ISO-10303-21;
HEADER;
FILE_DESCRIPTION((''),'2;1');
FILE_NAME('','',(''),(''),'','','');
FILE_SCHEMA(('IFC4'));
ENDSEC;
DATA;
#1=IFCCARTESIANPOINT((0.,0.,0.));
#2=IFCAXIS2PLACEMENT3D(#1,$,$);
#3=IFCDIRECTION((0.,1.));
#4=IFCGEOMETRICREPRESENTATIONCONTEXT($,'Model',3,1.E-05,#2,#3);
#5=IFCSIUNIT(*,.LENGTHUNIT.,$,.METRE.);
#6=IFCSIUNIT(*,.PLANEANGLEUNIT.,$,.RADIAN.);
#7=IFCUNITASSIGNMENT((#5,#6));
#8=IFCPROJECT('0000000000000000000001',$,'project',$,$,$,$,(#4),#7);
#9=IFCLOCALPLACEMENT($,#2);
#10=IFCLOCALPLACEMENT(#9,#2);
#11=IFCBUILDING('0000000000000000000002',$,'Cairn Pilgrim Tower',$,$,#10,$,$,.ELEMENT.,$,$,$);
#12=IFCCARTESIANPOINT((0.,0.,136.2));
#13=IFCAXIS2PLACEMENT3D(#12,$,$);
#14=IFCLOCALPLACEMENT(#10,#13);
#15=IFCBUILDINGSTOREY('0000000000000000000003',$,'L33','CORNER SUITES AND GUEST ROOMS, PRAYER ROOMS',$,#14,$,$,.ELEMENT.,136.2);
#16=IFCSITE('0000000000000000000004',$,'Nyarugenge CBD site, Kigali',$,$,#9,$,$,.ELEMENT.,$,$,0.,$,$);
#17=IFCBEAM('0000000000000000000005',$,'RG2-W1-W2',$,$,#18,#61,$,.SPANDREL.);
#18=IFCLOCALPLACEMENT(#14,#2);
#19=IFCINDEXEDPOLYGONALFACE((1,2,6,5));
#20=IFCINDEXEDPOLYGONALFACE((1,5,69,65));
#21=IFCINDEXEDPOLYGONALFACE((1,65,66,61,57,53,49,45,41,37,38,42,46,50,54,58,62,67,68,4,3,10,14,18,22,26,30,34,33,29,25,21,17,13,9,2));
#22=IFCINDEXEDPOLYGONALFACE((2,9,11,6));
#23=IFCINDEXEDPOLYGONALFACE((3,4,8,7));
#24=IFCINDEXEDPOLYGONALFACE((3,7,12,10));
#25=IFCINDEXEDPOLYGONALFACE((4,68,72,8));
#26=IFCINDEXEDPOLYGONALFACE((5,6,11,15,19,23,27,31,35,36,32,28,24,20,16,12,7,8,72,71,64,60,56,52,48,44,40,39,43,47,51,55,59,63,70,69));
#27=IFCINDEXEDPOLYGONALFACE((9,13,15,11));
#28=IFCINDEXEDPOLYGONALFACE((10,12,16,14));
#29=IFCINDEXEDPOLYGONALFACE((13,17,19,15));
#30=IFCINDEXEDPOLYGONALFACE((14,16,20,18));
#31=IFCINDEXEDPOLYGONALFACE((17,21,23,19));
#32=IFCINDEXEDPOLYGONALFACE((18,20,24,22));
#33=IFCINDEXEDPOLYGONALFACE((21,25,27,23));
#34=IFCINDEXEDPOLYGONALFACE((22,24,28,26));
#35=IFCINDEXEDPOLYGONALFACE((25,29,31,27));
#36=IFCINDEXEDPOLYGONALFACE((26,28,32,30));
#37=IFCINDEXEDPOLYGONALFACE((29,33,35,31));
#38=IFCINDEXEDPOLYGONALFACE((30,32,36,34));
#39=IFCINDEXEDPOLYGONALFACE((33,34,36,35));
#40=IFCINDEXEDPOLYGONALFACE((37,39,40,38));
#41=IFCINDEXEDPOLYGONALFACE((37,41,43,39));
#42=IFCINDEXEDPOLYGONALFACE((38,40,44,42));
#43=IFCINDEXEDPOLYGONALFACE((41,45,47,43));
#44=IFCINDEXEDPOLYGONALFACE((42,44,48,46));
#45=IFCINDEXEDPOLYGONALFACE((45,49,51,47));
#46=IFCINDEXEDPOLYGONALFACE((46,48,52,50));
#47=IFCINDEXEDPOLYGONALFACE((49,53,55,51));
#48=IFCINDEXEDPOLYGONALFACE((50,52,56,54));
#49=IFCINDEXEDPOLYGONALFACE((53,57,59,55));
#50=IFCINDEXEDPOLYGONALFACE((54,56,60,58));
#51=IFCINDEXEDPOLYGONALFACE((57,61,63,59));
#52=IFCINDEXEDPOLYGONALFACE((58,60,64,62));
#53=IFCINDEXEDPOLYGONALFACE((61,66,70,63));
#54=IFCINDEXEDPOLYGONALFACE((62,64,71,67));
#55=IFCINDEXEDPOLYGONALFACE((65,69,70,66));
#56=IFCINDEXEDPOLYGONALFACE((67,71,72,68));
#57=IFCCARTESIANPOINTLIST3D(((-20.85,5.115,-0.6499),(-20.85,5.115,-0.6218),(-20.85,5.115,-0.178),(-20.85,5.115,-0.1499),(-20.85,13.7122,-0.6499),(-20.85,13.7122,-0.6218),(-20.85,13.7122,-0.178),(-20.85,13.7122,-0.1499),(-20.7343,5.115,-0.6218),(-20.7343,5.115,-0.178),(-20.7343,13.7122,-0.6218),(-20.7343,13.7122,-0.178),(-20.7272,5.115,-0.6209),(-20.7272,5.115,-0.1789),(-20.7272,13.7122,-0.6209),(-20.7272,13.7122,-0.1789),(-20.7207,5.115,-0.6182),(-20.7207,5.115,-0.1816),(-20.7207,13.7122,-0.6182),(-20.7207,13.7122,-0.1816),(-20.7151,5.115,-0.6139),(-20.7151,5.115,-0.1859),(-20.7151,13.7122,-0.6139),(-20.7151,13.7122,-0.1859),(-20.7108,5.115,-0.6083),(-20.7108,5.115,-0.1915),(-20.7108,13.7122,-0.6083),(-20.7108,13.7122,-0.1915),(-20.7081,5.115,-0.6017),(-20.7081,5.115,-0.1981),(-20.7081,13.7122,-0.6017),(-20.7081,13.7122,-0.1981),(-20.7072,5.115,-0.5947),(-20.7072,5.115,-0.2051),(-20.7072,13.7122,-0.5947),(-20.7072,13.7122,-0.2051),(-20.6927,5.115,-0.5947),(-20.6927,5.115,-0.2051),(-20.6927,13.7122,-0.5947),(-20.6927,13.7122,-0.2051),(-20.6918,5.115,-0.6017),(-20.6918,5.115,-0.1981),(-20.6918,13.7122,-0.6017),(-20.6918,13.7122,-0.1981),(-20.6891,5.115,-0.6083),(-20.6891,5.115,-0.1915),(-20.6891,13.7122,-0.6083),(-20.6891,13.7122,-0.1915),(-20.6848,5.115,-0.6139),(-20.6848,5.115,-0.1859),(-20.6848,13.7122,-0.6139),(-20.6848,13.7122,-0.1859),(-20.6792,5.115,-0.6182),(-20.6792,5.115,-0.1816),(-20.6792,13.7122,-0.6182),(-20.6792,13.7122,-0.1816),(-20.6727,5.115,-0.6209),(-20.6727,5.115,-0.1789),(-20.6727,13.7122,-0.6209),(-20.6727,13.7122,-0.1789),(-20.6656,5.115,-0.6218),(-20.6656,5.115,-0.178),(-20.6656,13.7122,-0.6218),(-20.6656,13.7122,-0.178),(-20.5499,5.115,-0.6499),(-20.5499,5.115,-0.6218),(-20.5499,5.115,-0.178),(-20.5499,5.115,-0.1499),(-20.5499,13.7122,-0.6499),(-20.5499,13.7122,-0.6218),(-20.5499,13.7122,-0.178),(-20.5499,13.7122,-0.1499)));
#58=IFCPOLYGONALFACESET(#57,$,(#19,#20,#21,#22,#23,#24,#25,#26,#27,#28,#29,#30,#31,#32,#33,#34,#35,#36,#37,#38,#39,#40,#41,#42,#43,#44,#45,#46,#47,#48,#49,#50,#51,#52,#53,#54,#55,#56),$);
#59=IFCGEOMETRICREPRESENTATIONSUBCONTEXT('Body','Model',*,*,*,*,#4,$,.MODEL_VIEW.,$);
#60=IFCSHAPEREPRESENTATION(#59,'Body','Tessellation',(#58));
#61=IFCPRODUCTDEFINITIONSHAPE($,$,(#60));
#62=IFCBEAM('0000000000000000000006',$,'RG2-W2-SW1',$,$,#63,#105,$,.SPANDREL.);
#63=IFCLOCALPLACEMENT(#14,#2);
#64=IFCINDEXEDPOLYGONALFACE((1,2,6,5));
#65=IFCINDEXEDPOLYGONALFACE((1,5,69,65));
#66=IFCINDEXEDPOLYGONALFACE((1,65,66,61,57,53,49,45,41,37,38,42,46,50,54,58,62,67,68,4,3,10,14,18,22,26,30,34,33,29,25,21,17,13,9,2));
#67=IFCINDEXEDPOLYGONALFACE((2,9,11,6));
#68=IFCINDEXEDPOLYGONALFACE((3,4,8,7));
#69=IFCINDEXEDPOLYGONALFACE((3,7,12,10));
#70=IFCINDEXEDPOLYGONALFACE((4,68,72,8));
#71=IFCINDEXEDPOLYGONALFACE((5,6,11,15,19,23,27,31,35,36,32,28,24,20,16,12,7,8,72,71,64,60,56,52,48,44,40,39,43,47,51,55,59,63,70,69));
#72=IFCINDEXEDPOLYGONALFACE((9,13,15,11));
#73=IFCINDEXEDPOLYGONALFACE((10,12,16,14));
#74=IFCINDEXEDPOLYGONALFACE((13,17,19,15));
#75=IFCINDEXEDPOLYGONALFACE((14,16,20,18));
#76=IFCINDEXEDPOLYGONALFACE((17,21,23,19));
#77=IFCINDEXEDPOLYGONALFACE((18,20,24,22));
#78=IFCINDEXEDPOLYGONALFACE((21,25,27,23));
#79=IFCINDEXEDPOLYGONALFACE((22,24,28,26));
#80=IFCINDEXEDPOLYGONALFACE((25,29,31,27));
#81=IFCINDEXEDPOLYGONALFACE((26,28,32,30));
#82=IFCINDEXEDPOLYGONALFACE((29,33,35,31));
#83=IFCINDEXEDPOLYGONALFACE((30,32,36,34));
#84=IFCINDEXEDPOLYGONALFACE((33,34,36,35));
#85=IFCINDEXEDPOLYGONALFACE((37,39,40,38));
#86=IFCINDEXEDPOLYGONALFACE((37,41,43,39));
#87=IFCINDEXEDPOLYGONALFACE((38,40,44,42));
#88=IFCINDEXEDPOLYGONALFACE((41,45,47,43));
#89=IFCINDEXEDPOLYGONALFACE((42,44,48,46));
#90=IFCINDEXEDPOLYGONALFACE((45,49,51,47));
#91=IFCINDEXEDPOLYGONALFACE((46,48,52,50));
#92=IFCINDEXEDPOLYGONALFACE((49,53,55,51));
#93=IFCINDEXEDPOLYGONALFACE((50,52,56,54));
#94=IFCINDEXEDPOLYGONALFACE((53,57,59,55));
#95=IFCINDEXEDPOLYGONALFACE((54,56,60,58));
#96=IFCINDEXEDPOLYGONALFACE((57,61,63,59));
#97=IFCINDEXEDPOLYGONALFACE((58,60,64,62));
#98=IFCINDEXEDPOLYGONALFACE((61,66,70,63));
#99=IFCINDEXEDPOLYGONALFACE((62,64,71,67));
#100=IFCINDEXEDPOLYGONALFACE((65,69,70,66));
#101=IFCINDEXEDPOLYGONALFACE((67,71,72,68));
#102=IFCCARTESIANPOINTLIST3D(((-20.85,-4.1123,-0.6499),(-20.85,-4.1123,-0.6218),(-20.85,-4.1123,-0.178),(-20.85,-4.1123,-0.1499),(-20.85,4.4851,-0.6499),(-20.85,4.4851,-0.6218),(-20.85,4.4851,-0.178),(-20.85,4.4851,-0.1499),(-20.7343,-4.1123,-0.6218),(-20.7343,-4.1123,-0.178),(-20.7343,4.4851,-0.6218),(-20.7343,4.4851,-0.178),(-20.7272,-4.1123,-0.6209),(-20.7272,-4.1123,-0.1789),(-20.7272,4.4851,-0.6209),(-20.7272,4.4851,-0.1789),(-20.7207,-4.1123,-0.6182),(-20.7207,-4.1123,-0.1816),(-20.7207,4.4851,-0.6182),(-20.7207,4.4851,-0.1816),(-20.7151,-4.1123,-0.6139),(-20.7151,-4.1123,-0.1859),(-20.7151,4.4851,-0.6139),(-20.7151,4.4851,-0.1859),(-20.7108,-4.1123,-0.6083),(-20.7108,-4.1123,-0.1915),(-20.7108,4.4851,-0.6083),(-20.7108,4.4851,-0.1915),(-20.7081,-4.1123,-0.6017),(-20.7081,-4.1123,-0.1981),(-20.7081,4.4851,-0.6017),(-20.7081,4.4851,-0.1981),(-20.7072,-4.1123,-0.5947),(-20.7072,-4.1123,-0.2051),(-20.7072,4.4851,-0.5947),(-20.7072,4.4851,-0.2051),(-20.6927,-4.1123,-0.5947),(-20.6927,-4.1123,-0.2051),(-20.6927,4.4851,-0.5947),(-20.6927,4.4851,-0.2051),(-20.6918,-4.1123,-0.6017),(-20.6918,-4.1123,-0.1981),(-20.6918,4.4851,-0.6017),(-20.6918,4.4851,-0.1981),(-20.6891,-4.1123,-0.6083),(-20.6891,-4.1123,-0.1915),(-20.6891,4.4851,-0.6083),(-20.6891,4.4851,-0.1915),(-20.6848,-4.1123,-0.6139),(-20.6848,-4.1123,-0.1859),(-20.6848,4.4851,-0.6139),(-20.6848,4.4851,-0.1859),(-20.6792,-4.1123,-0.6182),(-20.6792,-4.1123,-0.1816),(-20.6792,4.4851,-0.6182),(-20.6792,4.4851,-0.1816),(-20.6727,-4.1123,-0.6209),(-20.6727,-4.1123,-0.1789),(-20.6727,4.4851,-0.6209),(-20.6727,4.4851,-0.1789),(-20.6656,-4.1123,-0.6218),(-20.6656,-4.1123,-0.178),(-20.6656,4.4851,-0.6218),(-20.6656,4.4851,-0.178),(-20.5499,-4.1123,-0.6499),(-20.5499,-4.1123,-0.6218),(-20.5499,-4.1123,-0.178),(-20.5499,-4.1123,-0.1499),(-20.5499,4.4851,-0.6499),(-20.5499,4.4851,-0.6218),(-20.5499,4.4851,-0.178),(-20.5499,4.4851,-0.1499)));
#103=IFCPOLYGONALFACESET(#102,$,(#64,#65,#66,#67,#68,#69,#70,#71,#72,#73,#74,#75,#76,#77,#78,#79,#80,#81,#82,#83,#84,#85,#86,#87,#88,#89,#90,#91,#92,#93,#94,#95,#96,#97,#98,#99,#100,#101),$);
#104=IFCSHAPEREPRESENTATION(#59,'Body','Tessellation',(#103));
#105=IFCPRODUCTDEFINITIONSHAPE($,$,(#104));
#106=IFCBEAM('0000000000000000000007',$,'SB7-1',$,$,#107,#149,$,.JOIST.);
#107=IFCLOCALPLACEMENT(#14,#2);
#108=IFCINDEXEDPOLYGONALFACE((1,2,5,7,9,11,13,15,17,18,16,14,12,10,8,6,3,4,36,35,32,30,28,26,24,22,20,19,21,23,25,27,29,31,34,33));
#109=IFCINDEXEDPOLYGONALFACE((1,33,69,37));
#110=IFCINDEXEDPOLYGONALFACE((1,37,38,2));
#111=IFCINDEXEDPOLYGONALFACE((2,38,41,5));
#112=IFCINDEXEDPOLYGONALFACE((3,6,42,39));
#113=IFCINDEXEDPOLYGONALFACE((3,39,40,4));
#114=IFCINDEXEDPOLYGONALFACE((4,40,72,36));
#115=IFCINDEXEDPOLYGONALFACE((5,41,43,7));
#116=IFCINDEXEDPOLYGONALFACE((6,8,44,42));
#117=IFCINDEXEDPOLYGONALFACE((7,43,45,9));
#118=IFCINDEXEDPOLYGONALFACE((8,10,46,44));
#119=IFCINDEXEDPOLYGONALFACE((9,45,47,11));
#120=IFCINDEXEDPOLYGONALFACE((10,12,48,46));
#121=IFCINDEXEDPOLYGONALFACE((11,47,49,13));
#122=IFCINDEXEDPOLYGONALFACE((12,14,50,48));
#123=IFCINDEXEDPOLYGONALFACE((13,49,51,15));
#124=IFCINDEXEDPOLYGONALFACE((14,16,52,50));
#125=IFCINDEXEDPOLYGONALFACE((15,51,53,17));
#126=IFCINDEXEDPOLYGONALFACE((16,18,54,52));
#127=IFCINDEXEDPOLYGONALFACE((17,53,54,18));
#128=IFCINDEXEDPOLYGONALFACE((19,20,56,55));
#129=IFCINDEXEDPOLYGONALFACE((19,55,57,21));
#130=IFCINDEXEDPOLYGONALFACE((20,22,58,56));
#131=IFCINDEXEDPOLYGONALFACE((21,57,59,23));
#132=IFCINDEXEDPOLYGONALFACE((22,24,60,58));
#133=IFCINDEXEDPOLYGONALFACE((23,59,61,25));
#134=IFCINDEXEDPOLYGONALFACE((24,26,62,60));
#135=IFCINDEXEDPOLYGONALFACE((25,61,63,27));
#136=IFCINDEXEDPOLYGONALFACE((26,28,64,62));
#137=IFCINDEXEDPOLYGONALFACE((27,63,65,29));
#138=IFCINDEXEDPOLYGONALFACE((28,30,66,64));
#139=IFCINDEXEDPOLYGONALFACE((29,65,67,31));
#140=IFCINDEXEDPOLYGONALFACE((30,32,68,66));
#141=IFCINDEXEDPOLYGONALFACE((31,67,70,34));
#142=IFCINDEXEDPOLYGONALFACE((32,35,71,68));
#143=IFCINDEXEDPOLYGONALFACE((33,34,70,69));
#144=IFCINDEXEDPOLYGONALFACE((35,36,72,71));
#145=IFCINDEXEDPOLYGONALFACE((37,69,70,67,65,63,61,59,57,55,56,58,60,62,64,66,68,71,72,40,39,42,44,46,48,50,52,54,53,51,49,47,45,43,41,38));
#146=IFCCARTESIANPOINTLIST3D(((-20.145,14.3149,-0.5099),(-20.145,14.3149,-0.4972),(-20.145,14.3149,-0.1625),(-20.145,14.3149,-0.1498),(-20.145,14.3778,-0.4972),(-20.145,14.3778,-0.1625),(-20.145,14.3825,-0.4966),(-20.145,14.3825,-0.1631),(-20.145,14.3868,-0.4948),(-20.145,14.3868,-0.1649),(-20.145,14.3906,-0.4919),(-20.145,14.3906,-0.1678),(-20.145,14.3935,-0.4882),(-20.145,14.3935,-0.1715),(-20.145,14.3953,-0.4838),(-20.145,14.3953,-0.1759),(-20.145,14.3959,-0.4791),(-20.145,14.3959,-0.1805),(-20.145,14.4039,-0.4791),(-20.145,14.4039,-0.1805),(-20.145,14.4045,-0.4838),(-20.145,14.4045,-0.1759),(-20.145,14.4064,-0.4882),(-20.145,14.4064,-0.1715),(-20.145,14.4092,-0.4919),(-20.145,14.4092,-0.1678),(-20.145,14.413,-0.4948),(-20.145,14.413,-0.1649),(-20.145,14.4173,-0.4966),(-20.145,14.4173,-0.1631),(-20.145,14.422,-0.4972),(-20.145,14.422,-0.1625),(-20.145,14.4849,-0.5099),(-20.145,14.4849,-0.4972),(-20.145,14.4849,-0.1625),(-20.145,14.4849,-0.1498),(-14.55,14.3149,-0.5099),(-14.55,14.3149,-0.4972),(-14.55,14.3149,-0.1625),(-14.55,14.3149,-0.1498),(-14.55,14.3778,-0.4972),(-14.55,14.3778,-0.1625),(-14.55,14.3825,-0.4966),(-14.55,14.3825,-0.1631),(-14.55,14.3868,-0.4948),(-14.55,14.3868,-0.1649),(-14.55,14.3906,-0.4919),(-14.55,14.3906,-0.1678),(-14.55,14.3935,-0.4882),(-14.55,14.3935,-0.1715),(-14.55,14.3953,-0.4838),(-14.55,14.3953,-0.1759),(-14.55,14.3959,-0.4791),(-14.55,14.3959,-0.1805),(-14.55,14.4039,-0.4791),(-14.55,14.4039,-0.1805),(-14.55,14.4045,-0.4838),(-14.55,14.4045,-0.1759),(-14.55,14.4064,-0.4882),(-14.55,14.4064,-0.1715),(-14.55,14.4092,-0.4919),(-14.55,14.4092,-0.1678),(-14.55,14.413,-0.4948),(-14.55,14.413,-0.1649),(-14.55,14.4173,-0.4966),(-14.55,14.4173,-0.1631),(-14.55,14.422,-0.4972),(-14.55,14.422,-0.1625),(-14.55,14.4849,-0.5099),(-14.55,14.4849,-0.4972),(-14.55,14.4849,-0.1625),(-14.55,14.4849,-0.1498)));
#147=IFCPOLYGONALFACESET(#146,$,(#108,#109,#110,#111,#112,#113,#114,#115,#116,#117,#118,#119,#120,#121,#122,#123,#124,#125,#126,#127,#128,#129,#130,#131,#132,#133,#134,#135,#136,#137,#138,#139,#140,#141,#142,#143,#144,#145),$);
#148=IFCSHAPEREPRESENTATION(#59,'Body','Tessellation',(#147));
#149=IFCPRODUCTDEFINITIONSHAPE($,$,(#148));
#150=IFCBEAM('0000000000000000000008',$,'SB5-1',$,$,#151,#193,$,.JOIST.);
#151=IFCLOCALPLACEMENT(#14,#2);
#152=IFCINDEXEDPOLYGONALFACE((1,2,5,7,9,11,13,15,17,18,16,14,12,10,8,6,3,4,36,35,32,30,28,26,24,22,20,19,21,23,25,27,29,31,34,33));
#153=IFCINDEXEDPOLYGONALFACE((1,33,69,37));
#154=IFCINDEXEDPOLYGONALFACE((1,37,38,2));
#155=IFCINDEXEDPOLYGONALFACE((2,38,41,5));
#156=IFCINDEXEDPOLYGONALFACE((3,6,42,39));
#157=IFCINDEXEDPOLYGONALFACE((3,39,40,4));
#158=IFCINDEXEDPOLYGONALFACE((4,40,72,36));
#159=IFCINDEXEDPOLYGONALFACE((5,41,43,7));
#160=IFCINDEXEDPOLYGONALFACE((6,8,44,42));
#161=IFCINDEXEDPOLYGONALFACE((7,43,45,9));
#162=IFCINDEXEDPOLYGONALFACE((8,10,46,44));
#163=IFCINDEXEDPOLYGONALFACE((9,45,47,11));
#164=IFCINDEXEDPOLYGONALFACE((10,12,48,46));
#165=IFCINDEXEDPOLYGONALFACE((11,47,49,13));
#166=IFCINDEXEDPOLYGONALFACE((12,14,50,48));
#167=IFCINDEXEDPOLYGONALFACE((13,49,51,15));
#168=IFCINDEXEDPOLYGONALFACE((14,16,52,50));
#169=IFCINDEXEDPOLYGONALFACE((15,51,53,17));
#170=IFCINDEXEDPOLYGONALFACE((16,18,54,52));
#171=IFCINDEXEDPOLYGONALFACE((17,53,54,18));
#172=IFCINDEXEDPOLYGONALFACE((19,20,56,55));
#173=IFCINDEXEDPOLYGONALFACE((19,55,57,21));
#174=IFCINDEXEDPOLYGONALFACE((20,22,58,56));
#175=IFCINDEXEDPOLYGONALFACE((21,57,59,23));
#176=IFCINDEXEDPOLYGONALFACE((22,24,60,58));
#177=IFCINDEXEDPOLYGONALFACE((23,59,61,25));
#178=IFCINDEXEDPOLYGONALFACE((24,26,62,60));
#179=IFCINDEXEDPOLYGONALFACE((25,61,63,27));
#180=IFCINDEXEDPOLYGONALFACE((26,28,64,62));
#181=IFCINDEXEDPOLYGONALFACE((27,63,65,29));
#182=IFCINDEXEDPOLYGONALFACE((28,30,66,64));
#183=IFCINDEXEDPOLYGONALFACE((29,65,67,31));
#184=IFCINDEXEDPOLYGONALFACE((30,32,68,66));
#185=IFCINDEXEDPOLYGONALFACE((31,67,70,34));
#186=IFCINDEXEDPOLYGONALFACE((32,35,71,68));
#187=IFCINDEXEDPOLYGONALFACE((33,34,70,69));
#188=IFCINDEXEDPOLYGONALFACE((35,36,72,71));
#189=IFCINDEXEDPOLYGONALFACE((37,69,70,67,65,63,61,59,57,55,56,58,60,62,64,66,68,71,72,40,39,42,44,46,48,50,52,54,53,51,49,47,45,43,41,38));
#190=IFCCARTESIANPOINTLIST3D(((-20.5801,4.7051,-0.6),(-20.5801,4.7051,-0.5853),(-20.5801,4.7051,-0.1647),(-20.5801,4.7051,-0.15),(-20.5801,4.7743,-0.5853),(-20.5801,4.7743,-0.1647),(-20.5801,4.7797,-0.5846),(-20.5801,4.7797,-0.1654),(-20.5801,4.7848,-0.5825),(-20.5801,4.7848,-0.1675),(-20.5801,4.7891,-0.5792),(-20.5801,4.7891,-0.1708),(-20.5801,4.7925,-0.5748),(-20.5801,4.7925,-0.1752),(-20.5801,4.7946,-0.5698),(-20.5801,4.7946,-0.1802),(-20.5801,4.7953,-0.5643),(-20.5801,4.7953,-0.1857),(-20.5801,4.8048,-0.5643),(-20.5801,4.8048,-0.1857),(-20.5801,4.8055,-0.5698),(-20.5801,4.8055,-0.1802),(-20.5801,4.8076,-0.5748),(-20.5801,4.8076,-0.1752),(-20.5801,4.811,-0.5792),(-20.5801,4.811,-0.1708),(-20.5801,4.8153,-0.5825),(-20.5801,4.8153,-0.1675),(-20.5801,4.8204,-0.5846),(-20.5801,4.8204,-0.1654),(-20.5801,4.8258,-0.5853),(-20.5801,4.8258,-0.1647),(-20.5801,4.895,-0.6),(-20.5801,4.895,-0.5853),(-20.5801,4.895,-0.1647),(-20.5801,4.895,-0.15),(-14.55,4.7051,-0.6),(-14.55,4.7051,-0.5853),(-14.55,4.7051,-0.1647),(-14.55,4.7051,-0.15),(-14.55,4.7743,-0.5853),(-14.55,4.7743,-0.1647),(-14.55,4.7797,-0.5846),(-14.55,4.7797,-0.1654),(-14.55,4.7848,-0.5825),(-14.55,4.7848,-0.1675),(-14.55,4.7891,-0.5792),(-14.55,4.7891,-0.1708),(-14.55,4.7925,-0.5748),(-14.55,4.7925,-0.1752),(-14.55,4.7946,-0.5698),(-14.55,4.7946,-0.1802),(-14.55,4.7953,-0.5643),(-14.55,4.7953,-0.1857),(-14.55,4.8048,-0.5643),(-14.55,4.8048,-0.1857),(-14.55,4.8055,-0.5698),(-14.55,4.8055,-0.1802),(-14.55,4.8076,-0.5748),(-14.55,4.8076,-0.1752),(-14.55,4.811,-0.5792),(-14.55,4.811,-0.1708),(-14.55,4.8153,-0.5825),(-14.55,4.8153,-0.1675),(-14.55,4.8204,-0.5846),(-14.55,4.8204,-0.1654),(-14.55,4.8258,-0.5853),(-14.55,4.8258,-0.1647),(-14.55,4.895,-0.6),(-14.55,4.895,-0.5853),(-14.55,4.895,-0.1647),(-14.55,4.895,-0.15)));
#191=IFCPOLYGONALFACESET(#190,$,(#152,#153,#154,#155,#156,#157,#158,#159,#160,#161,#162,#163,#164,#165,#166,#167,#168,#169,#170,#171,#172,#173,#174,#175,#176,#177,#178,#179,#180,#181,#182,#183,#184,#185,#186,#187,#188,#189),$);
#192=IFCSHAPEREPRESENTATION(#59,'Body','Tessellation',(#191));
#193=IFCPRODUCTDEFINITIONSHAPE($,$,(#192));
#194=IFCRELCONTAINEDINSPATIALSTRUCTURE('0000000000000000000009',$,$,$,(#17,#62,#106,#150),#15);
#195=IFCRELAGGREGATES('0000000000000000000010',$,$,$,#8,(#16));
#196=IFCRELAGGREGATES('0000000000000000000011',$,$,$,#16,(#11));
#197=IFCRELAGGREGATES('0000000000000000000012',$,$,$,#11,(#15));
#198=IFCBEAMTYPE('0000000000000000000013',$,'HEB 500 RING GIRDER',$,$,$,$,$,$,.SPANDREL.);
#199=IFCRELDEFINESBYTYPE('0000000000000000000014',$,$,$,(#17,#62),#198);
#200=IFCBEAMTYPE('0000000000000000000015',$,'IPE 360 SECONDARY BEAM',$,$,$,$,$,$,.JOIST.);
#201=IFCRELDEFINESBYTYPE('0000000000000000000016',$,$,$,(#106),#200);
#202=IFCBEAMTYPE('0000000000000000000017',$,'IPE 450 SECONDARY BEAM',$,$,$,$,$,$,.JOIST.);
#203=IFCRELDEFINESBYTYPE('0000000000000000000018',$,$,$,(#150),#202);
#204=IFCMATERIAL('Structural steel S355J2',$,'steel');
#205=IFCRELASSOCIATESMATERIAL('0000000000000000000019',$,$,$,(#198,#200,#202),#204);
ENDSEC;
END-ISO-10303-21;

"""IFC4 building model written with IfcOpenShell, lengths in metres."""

from ifc_helpers import new_model, si_unit, direction, frame, origin, origin_2d, place, context, subcontext, project, spatial, i_section, extrude, material, material_profile, profile_set, type_object, element, save


model = new_model("IFC4")

# Units and contexts
model_context = context("Model", 3, precision=1e-05, world=origin(), true_north=direction((0.0, 1.0)))
body_context = subcontext(model_context, "Body", "Model", "MODEL_VIEW")
ifc_project = project(units=[si_unit("LENGTHUNIT", "METRE"), si_unit("PLANEANGLEUNIT", "RADIAN")], contexts=[model_context])

# Site, building, storey
site_placement = place(None, origin())
site = spatial("IfcSite", under=ifc_project, at=site_placement, Name="Nyarugenge CBD site, Kigali", CompositionType="ELEMENT", RefElevation=0.0)
building_placement = place(site_placement, origin())
building = spatial("IfcBuilding", under=site, at=building_placement, Name="Cairn Pilgrim Tower", CompositionType="ELEMENT")
storey_placement = place(building_placement, frame((0.0, 0.0, 136.2)))
storey = spatial("IfcBuildingStorey", under=building, at=storey_placement, Name="L33", Description="CORNER SUITES AND GUEST ROOMS, PRAYER ROOMS", CompositionType="ELEMENT", Elevation=136.2)

# Shared definitions
ifc_material_1 = material(Name="Structural steel S355J2", Category="steel")

# Beams
ifc_material_profile_1 = material_profile(ifc_material_1, i_section(OverallWidth=0.3, OverallDepth=0.5, WebThickness=0.0144, FlangeThickness=0.0281, FilletRadius=0.0271, at=origin_2d()), Name="HEB 500")
ifc_profile_set_1 = profile_set([ifc_material_profile_1], Name="Structural steel S355J2")
beam_type_1 = type_object("IfcBeamType", Name="HEB 500 RING GIRDER", PredefinedType="SPANDREL", material=ifc_profile_set_1)
beam_1_placement = place(storey_placement, frame((-20.7, 13.7122, -0.3999), z_axis=(0.0, -1.0, 0.0), x_axis=(1.0, 0.0, 0.0)))
element("IfcBeam", 1, at=beam_1_placement, inside=storey, type_object=beam_type_1, Name="RG2-W1-W2", PredefinedType="SPANDREL", context=body_context, shape_type="SweptSolid", body=[
    extrude(i_section(OverallWidth=0.3, OverallDepth=0.5, WebThickness=0.0144, FlangeThickness=0.0281, FilletRadius=0.0271, at=origin_2d()), origin(), (0.0, 0.0, 1.0), 8.5972),
])
beam_2_placement = place(storey_placement, frame((-20.7, 4.4851, -0.3999), z_axis=(0.0, -1.0, 0.0), x_axis=(1.0, 0.0, 0.0)))
element("IfcBeam", 2, at=beam_2_placement, inside=storey, type_object=beam_type_1, Name="RG2-W2-SW1", PredefinedType="SPANDREL", context=body_context, shape_type="SweptSolid", body=[
    extrude(i_section(OverallWidth=0.3, OverallDepth=0.5, WebThickness=0.0144, FlangeThickness=0.0281, FilletRadius=0.0271, at=origin_2d()), origin(), (0.0, 0.0, 1.0), 8.5974),
])
ifc_material_profile_2 = material_profile(ifc_material_1, i_section(OverallWidth=0.1699, OverallDepth=0.3601, WebThickness=0.0081, FlangeThickness=0.0127, FilletRadius=0.0181, at=origin_2d()), Name="IPE 360")
ifc_profile_set_2 = profile_set([ifc_material_profile_2], Name="Structural steel S355J2")
beam_type_2 = type_object("IfcBeamType", Name="IPE 360 SECONDARY BEAM", PredefinedType="JOIST", material=ifc_profile_set_2)
beam_3_placement = place(storey_placement, frame((-20.145, 14.3999, -0.3298), z_axis=(1.0, 0.0, 0.0), x_axis=(0.0, 1.0, 0.0)))
element("IfcBeam", 3, at=beam_3_placement, inside=storey, type_object=beam_type_2, Name="SB7-1", PredefinedType="JOIST", context=body_context, shape_type="SweptSolid", body=[
    extrude(i_section(OverallWidth=0.1699, OverallDepth=0.3601, WebThickness=0.0081, FlangeThickness=0.0127, FilletRadius=0.0181, at=origin_2d()), origin(), (0.0, 0.0, 1.0), 5.595),
])
ifc_material_profile_3 = material_profile(ifc_material_1, i_section(OverallWidth=0.1899, OverallDepth=0.45, WebThickness=0.0095, FlangeThickness=0.0146, FilletRadius=0.021, at=origin_2d()), Name="IPE 450")
ifc_profile_set_3 = profile_set([ifc_material_profile_3], Name="Structural steel S355J2")
beam_type_3 = type_object("IfcBeamType", Name="IPE 450 SECONDARY BEAM", PredefinedType="JOIST", material=ifc_profile_set_3)
for number, where, z_axis, x_axis, name in (
    (4, (-20.5801, 4.8, -0.375), (1.0, 0.0, 0.0), (0.0, 1.0, 0.0), "SB5-1"),
):
    element("IfcBeam", number, at=place(storey_placement, frame(where, z_axis=z_axis, x_axis=x_axis)), inside=storey, type_object=beam_type_3, Name=name, PredefinedType="JOIST", context=body_context, shape_type="SweptSolid", body=[
        extrude(i_section(OverallWidth=0.1899, OverallDepth=0.45, WebThickness=0.0095, FlangeThickness=0.0146, FilletRadius=0.021, at=origin_2d()), origin(), (0.0, 0.0, 1.0), 6.03),
    ])

save(model, "model.ifc")
